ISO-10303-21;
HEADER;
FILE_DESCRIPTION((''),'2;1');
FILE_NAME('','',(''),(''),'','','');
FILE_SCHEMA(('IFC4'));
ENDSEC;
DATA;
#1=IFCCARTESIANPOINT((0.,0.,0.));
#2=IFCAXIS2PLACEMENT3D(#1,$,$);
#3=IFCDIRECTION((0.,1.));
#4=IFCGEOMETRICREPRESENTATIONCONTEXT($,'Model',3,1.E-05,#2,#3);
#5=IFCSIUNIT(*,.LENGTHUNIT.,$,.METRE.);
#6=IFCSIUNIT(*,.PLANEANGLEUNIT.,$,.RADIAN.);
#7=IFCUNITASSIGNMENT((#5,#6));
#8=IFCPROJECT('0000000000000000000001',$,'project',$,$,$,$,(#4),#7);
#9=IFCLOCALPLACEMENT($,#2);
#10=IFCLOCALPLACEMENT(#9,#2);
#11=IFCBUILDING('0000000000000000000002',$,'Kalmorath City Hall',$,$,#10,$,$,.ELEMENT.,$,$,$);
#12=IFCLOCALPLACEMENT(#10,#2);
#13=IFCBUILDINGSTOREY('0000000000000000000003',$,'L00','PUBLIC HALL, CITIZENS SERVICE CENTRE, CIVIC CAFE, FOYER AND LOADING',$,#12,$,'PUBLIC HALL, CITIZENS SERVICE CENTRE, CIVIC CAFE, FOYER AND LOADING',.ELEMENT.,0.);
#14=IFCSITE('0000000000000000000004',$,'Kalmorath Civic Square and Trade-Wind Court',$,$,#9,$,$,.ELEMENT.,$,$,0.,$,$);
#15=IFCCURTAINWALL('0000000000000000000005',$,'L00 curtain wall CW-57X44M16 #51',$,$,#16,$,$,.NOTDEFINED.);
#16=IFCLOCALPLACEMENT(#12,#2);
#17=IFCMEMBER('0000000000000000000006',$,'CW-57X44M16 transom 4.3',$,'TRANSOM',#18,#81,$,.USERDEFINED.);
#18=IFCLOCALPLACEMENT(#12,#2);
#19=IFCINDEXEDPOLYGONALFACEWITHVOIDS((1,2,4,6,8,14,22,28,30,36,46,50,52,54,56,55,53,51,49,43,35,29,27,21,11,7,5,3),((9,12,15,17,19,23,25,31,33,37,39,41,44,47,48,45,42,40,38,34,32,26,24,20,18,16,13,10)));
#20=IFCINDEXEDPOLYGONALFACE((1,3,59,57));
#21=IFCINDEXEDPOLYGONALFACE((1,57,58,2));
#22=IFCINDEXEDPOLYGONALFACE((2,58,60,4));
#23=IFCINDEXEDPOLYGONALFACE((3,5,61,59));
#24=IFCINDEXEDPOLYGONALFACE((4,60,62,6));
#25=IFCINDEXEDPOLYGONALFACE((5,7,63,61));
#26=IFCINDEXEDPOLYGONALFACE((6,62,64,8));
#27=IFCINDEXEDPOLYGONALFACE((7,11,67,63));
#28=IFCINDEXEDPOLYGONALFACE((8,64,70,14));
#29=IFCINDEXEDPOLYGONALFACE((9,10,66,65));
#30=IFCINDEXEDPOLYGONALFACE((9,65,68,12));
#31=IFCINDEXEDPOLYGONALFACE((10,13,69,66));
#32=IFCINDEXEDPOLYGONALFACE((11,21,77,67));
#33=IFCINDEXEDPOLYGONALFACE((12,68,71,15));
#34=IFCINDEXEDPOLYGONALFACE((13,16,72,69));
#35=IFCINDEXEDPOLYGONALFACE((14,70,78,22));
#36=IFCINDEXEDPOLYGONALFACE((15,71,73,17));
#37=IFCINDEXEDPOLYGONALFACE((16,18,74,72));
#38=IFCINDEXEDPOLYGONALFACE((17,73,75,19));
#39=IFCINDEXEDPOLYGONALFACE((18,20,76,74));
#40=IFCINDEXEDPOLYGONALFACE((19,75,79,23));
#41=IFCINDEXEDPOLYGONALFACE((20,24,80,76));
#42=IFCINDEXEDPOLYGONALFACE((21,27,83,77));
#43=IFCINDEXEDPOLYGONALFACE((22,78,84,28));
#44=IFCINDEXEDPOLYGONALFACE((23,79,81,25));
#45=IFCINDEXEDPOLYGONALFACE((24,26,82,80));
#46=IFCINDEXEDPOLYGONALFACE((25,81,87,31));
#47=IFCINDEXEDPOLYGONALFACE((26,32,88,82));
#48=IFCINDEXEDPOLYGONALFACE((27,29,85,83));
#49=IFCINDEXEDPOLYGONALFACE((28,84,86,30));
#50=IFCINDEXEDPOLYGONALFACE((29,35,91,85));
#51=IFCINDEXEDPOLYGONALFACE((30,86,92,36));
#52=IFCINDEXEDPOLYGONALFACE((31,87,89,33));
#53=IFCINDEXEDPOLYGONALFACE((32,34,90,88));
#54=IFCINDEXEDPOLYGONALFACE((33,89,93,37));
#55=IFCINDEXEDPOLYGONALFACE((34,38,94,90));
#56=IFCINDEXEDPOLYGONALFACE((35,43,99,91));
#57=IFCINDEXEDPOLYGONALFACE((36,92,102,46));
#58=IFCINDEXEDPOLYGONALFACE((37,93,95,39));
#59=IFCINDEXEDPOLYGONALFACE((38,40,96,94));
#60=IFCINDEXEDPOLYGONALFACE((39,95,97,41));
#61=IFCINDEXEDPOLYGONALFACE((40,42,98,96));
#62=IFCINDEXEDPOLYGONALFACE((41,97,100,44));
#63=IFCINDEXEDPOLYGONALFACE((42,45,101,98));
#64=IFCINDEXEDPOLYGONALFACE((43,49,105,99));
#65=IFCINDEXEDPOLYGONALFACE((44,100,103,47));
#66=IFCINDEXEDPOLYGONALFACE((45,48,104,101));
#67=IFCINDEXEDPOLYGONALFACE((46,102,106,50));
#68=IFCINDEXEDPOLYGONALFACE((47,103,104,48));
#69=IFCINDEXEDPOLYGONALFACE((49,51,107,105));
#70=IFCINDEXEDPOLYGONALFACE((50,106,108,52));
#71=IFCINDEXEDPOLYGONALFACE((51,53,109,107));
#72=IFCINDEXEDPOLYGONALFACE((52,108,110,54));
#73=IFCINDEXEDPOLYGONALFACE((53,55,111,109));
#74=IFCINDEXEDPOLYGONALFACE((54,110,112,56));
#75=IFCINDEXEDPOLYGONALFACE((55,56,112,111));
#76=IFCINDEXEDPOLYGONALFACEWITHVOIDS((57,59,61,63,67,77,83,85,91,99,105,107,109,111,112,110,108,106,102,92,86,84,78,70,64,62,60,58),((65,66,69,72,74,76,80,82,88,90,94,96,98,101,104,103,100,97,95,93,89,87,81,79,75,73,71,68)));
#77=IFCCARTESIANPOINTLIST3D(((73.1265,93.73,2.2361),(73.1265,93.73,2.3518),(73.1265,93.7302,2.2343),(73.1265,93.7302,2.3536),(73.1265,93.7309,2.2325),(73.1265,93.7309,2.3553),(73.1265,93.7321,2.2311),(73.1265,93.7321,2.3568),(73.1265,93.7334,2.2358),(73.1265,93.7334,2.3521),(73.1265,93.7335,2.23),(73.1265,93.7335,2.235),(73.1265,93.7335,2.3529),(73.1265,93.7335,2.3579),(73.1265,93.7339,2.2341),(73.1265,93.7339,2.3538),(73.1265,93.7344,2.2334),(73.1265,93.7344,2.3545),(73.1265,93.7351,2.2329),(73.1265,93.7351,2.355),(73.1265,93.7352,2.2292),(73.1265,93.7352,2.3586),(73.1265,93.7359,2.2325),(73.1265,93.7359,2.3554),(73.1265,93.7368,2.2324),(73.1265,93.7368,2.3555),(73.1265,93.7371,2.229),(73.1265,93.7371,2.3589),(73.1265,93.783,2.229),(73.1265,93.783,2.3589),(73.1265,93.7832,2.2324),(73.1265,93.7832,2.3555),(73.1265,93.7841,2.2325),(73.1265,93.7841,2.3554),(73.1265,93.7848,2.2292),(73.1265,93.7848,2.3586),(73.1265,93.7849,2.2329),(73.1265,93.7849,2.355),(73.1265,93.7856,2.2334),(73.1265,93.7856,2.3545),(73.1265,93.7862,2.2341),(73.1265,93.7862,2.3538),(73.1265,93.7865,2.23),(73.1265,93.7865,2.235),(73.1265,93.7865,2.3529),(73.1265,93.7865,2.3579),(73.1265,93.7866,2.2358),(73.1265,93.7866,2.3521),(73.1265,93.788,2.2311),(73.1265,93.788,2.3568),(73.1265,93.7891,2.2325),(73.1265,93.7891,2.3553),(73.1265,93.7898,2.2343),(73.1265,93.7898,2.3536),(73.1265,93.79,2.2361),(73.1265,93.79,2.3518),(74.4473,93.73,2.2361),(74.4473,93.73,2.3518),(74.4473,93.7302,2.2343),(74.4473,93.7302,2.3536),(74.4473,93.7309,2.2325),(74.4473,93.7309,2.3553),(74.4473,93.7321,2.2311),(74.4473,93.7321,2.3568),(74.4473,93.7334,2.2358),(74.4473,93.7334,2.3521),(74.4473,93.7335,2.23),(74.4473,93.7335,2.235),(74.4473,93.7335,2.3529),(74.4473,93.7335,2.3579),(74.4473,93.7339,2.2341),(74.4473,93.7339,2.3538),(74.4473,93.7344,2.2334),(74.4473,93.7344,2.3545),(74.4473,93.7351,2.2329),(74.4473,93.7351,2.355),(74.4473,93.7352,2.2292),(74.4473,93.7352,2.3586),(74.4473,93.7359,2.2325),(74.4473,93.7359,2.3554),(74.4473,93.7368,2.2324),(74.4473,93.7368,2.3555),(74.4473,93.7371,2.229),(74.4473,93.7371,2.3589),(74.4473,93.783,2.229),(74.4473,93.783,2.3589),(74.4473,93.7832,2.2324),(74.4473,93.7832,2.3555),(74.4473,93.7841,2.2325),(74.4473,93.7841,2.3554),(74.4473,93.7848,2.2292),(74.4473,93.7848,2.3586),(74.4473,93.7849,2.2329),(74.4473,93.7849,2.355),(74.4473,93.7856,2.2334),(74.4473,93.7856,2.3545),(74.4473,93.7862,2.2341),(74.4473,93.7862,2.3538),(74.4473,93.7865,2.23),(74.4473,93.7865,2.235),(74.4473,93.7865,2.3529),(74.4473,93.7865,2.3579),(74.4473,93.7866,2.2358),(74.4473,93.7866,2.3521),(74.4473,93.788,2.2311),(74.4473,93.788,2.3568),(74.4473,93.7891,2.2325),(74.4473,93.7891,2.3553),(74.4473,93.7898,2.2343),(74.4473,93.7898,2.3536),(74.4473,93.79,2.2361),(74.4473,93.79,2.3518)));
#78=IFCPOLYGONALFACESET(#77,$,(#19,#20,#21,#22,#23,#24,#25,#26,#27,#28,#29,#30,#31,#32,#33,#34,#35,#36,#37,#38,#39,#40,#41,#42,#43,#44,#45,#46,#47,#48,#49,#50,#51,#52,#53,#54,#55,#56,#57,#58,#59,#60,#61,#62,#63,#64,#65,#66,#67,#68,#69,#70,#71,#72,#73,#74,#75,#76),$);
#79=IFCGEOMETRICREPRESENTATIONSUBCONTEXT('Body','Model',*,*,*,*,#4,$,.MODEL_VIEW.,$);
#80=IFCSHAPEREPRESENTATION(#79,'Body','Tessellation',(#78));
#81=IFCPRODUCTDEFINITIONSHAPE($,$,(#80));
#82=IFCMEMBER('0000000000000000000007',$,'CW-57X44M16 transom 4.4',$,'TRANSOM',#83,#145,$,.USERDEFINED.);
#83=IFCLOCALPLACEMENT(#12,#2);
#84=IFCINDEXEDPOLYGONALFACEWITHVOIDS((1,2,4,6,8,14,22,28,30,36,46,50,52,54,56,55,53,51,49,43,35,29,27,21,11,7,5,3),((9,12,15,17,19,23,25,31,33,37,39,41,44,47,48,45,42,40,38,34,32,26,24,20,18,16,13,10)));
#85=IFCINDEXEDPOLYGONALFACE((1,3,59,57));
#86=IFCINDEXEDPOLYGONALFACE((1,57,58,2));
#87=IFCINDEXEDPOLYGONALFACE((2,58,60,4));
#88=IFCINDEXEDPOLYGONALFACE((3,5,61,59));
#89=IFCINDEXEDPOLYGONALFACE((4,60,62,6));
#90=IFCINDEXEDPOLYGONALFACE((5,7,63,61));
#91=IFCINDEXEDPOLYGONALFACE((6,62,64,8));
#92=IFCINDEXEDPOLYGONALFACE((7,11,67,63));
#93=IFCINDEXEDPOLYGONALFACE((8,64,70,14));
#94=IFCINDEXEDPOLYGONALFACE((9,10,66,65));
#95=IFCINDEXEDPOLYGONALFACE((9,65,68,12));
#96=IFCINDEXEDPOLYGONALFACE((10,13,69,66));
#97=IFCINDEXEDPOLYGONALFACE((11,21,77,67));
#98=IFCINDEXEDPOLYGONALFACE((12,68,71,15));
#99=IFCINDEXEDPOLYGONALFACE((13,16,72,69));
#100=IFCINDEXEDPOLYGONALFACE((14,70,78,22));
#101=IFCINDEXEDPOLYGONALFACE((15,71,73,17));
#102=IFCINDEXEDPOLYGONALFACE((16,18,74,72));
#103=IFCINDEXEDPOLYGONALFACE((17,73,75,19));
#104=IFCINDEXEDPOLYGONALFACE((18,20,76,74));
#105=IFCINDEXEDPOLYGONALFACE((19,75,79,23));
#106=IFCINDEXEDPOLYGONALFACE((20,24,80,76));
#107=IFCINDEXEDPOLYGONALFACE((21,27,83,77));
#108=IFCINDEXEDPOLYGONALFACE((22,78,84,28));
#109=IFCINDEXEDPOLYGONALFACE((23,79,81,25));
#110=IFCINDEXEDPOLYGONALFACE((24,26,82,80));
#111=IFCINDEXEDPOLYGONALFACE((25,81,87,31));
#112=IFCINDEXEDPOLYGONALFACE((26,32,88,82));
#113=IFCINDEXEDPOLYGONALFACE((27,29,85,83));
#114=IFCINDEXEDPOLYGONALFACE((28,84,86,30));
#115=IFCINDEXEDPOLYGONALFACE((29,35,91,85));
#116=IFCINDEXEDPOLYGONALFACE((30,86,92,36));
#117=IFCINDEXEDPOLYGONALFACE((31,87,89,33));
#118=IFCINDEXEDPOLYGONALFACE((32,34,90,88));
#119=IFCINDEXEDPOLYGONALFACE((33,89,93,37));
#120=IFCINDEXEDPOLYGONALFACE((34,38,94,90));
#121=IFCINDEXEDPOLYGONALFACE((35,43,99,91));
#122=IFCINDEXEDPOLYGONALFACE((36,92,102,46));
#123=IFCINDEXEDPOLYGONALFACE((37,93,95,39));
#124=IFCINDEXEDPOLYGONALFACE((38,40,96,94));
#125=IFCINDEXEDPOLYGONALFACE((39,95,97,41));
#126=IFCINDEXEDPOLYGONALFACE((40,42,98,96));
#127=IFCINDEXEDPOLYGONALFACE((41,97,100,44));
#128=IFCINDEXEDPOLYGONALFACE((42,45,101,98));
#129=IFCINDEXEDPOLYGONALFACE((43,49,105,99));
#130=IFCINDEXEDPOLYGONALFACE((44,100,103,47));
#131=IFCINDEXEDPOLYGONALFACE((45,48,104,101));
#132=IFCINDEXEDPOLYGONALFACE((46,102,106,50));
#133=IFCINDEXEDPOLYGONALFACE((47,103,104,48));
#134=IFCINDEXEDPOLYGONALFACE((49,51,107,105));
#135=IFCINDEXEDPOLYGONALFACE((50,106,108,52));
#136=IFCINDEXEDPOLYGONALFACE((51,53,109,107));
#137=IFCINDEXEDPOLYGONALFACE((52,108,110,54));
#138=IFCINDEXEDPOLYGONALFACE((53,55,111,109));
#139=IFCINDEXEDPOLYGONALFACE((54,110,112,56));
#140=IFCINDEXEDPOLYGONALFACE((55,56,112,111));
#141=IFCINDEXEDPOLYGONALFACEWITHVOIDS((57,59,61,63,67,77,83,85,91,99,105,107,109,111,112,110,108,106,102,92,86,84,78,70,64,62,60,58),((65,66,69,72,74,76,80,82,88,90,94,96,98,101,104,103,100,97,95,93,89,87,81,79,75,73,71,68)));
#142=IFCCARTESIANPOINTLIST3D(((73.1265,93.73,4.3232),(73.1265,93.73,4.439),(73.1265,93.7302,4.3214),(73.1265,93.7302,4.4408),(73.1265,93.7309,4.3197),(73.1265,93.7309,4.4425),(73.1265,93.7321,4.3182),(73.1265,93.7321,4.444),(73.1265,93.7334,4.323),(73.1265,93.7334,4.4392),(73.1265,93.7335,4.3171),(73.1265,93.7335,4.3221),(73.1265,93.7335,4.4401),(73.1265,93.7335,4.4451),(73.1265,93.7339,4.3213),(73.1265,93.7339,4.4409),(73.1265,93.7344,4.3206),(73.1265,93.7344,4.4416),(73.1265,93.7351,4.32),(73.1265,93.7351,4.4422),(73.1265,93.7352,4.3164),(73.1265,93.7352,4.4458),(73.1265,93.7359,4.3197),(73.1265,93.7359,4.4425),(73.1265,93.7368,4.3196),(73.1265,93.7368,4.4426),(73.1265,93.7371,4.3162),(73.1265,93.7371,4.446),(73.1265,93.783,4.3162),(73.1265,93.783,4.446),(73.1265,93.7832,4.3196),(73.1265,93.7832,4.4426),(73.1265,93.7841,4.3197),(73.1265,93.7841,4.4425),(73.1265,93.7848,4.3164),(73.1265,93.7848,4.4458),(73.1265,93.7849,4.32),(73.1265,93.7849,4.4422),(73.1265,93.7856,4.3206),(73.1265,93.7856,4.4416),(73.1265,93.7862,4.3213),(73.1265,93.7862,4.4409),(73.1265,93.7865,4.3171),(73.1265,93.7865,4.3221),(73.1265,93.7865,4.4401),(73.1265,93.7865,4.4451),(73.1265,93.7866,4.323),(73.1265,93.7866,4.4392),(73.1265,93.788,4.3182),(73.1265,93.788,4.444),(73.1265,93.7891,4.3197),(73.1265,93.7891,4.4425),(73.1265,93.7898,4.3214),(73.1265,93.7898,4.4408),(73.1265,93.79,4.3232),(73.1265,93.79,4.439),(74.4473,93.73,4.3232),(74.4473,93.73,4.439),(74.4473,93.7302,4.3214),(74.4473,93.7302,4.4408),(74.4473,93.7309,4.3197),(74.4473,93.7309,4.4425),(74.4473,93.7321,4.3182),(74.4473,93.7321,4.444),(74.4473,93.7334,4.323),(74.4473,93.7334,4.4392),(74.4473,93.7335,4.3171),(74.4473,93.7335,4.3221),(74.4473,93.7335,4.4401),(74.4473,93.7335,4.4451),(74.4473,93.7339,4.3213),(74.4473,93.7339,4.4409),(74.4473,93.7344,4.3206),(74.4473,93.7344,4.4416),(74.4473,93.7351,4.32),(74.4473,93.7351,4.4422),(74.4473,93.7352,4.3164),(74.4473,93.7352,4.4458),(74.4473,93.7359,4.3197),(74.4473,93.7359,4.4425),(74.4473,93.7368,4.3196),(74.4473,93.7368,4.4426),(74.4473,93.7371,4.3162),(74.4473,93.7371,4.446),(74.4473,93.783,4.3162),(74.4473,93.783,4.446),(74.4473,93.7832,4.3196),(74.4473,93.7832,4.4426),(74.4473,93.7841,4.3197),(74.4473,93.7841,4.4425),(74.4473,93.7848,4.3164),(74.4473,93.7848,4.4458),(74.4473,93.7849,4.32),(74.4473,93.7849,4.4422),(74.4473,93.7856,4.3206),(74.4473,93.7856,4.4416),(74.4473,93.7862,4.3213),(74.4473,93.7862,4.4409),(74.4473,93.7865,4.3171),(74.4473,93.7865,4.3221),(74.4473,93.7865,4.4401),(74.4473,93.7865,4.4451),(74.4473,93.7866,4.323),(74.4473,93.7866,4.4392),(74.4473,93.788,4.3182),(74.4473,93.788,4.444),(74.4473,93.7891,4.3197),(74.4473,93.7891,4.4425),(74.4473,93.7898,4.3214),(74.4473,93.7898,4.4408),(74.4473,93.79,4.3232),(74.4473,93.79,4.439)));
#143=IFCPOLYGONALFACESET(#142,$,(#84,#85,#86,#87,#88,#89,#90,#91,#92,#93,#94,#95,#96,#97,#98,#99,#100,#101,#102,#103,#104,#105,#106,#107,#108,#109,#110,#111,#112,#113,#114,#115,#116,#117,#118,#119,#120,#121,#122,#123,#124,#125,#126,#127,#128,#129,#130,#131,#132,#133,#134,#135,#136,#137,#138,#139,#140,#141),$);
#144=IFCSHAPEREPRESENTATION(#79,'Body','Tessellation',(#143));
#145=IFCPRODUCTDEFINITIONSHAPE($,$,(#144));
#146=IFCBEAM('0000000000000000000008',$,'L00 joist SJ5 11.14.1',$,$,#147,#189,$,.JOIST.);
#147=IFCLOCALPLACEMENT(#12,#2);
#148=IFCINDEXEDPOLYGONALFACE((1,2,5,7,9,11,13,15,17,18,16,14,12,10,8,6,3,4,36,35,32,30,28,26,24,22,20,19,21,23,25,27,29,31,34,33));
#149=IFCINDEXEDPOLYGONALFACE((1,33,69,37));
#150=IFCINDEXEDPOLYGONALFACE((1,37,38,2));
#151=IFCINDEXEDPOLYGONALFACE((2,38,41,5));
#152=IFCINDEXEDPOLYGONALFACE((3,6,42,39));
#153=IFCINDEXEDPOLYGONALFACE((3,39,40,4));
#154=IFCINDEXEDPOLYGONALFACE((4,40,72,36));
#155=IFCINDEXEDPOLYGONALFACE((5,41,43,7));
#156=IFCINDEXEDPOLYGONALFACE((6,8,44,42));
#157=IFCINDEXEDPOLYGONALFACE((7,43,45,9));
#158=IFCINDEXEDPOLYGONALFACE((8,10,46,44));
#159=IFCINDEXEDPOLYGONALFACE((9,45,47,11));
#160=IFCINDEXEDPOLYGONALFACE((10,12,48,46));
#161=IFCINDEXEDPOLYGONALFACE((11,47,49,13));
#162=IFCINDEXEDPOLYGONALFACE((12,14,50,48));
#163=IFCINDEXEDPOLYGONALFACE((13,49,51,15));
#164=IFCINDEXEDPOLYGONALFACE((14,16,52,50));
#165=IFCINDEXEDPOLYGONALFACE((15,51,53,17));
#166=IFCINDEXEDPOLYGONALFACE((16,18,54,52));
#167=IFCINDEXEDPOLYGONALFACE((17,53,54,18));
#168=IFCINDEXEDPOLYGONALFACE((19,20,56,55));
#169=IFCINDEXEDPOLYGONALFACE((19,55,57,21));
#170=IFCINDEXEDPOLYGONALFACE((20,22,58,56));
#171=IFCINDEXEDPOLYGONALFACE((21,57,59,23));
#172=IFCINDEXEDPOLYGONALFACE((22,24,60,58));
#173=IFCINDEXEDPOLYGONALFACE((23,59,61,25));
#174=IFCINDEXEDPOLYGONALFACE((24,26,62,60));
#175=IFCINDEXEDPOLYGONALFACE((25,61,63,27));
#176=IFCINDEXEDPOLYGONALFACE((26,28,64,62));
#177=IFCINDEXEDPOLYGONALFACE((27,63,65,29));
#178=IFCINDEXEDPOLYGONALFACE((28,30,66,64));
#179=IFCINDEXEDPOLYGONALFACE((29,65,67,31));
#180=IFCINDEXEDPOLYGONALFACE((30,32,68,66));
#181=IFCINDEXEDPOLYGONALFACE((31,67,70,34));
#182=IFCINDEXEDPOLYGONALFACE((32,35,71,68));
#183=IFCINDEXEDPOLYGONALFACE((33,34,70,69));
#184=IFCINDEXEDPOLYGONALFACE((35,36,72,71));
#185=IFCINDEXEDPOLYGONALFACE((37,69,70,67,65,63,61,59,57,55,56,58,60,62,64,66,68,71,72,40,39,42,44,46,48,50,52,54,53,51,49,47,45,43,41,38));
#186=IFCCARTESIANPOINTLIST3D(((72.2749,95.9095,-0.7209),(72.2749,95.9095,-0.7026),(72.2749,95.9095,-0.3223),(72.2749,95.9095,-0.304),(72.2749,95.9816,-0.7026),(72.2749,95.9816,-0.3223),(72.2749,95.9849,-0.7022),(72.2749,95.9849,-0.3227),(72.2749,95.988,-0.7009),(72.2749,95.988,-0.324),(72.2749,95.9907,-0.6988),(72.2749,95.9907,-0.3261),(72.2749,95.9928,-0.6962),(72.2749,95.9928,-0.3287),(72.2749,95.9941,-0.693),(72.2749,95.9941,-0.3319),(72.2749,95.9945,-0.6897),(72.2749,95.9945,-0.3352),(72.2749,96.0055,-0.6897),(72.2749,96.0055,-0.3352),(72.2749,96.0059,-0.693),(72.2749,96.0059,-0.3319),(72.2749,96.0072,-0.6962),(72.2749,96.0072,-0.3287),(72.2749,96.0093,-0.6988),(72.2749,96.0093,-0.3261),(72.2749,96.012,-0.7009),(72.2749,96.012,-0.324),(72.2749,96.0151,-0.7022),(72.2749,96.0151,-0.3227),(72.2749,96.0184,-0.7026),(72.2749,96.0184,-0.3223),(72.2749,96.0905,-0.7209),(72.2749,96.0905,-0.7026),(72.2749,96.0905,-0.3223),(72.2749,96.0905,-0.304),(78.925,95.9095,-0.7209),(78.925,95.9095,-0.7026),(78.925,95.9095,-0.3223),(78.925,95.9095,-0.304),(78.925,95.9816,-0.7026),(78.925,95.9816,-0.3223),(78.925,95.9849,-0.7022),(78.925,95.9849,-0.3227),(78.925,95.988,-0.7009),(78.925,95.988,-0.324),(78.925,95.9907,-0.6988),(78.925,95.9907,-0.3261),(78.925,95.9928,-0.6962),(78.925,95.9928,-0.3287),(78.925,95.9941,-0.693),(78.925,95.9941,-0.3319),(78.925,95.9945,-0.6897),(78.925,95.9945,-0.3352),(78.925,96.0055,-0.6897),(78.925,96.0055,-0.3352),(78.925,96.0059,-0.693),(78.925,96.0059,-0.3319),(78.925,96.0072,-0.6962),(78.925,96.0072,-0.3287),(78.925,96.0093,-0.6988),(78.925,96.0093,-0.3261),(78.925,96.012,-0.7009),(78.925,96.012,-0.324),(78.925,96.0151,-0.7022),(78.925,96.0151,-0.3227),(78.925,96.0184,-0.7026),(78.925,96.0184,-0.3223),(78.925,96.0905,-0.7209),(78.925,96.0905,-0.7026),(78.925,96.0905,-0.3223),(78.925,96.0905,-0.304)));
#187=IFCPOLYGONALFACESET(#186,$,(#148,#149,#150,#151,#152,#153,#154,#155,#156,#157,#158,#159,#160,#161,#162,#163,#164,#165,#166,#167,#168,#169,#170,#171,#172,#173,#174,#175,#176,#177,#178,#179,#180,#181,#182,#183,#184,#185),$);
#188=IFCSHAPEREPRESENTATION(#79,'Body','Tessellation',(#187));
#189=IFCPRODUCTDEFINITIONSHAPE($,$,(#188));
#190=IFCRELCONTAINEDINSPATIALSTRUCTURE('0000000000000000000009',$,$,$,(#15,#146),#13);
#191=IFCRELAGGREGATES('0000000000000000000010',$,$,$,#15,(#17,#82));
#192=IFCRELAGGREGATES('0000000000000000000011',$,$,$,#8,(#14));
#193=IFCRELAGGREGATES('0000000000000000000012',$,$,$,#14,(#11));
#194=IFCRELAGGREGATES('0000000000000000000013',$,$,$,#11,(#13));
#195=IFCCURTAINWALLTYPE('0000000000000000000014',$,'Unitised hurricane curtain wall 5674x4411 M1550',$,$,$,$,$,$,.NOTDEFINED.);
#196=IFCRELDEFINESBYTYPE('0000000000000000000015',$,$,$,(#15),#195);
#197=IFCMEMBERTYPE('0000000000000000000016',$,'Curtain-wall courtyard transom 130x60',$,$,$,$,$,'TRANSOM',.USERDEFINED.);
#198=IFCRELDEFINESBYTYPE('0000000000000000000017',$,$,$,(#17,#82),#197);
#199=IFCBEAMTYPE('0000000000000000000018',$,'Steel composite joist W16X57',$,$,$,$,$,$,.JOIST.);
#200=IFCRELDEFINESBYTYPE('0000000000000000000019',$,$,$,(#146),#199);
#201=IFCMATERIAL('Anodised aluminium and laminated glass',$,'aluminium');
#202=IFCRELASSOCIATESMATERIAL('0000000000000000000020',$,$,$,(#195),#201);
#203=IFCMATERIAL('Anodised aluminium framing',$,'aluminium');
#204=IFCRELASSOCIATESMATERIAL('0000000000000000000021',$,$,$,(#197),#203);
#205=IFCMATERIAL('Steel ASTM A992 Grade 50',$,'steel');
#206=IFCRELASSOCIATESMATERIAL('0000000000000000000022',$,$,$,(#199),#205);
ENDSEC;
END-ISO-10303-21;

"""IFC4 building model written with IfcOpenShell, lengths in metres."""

from ifc_helpers import new_model, si_unit, direction, frame, origin, origin_2d, place, context, subcontext, project, spatial, hollow_rectangle, i_section, extrude, material, material_profile, profile_set, type_object, element, aggregate, save


model = new_model("IFC4")

# Units and contexts
model_context = context("Model", 3, precision=1e-05, world=origin(), true_north=direction((0.0, 1.0)))
body_context = subcontext(model_context, "Body", "Model", "MODEL_VIEW")
ifc_project = project(units=[si_unit("LENGTHUNIT", "METRE"), si_unit("PLANEANGLEUNIT", "RADIAN")], contexts=[model_context])

# Site, building, storey
site_placement = place(None, origin())
site = spatial("IfcSite", under=ifc_project, at=site_placement, Name="Kalmorath Civic Square and Trade-Wind Court", CompositionType="ELEMENT", RefElevation=0.0)
building_placement = place(site_placement, origin())
building = spatial("IfcBuilding", under=site, at=building_placement, Name="Kalmorath City Hall", CompositionType="ELEMENT")
storey_placement = place(building_placement, origin())
storey = spatial("IfcBuildingStorey", under=building, at=storey_placement, Name="L00", Description="PUBLIC HALL, CITIZENS SERVICE CENTRE, CIVIC CAFE, FOYER AND LOADING", LongName="PUBLIC HALL, CITIZENS SERVICE CENTRE, CIVIC CAFE, FOYER AND LOADING", CompositionType="ELEMENT", Elevation=0.0)

# Curtain wall, members
ifc_material_1 = material(Name="Anodised aluminium and laminated glass", Category="aluminium")
curtain_wall_type = type_object("IfcCurtainWallType", Name="Unitised hurricane curtain wall 5674x4411 M1550", PredefinedType="NOTDEFINED", material=ifc_material_1)
curtain_wall_placement = place(storey_placement, origin())
curtain_wall = element("IfcCurtainWall", 1, at=curtain_wall_placement, inside=storey, type_object=curtain_wall_type, Name="L00 curtain wall CW-57X44M16 #51", PredefinedType="NOTDEFINED")
ifc_material_2 = material(Name="Anodised aluminium framing", Category="aluminium")
ifc_material_profile_1 = material_profile(ifc_material_2, hollow_rectangle(XDim=0.0601, YDim=0.1299, WallThickness=0.0034, InnerFilletRadius=0.0034, OuterFilletRadius=0.0071, at=origin_2d()), Name="ALU-TRN-130X60X3.5")
ifc_profile_set_1 = profile_set([ifc_material_profile_1], Name="Anodised aluminium framing")
member_type_1 = type_object("IfcMemberType", Name="Curtain-wall courtyard transom 130x60", ElementType="TRANSOM", PredefinedType="USERDEFINED", material=ifc_profile_set_1)
member_1_placement = place(storey_placement, frame((74.4473, 93.76, 2.2939), z_axis=(-1.0, 0.0, 0.0), x_axis=(0.0, -1.0, 0.0)))
member_1 = element("IfcMember", 2, at=member_1_placement, type_object=member_type_1, Name="CW-57X44M16 transom 4.3", ObjectType="TRANSOM", PredefinedType="USERDEFINED", context=body_context, shape_type="SweptSolid", body=[
    extrude(hollow_rectangle(XDim=0.0601, YDim=0.1299, WallThickness=0.0034, InnerFilletRadius=0.0034, OuterFilletRadius=0.0071, at=origin_2d()), origin(), (0.0, 0.0, 1.0), 1.3208),
])
member_2_placement = place(storey_placement, frame((74.4473, 93.76, 4.3811), z_axis=(-1.0, 0.0, 0.0), x_axis=(0.0, -1.0, 0.0)))
member_2 = element("IfcMember", 3, at=member_2_placement, type_object=member_type_1, Name="CW-57X44M16 transom 4.4", ObjectType="TRANSOM", PredefinedType="USERDEFINED", context=body_context, shape_type="SweptSolid", body=[
    extrude(hollow_rectangle(XDim=0.0601, YDim=0.1299, WallThickness=0.0034, InnerFilletRadius=0.0034, OuterFilletRadius=0.0071, at=origin_2d()), origin(), (0.0, 0.0, 1.0), 1.3208),
])

# Beam
ifc_material_3 = material(Name="Steel ASTM A992 Grade 50", Category="steel")
ifc_material_profile_2 = material_profile(ifc_material_3, i_section(OverallWidth=0.1809, OverallDepth=0.417, WebThickness=0.011, FlangeThickness=0.0183, FilletRadius=0.0129, at=origin_2d()), Name="W16X57")
ifc_profile_set_2 = profile_set([ifc_material_profile_2], Name="Steel ASTM A992 Grade 50")
beam_type_1 = type_object("IfcBeamType", Name="Steel composite joist W16X57", PredefinedType="JOIST", material=ifc_profile_set_2)
for number, where, z_axis, x_axis, name in (
    (4, (72.2749, 96.0, -0.5125), (1.0, 0.0, 0.0), (0.0, 1.0, 0.0), "L00 joist SJ5 11.14.1"),
):
    element("IfcBeam", number, at=place(storey_placement, frame(where, z_axis=z_axis, x_axis=x_axis)), inside=storey, type_object=beam_type_1, Name=name, PredefinedType="JOIST", context=body_context, shape_type="SweptSolid", body=[
        extrude(i_section(OverallWidth=0.1809, OverallDepth=0.417, WebThickness=0.011, FlangeThickness=0.0183, FilletRadius=0.0129, at=origin_2d()), origin(), (0.0, 0.0, 1.0), 6.6501),
    ])

aggregate(curtain_wall, [member_1, member_2])

save(model, "model.ifc")
